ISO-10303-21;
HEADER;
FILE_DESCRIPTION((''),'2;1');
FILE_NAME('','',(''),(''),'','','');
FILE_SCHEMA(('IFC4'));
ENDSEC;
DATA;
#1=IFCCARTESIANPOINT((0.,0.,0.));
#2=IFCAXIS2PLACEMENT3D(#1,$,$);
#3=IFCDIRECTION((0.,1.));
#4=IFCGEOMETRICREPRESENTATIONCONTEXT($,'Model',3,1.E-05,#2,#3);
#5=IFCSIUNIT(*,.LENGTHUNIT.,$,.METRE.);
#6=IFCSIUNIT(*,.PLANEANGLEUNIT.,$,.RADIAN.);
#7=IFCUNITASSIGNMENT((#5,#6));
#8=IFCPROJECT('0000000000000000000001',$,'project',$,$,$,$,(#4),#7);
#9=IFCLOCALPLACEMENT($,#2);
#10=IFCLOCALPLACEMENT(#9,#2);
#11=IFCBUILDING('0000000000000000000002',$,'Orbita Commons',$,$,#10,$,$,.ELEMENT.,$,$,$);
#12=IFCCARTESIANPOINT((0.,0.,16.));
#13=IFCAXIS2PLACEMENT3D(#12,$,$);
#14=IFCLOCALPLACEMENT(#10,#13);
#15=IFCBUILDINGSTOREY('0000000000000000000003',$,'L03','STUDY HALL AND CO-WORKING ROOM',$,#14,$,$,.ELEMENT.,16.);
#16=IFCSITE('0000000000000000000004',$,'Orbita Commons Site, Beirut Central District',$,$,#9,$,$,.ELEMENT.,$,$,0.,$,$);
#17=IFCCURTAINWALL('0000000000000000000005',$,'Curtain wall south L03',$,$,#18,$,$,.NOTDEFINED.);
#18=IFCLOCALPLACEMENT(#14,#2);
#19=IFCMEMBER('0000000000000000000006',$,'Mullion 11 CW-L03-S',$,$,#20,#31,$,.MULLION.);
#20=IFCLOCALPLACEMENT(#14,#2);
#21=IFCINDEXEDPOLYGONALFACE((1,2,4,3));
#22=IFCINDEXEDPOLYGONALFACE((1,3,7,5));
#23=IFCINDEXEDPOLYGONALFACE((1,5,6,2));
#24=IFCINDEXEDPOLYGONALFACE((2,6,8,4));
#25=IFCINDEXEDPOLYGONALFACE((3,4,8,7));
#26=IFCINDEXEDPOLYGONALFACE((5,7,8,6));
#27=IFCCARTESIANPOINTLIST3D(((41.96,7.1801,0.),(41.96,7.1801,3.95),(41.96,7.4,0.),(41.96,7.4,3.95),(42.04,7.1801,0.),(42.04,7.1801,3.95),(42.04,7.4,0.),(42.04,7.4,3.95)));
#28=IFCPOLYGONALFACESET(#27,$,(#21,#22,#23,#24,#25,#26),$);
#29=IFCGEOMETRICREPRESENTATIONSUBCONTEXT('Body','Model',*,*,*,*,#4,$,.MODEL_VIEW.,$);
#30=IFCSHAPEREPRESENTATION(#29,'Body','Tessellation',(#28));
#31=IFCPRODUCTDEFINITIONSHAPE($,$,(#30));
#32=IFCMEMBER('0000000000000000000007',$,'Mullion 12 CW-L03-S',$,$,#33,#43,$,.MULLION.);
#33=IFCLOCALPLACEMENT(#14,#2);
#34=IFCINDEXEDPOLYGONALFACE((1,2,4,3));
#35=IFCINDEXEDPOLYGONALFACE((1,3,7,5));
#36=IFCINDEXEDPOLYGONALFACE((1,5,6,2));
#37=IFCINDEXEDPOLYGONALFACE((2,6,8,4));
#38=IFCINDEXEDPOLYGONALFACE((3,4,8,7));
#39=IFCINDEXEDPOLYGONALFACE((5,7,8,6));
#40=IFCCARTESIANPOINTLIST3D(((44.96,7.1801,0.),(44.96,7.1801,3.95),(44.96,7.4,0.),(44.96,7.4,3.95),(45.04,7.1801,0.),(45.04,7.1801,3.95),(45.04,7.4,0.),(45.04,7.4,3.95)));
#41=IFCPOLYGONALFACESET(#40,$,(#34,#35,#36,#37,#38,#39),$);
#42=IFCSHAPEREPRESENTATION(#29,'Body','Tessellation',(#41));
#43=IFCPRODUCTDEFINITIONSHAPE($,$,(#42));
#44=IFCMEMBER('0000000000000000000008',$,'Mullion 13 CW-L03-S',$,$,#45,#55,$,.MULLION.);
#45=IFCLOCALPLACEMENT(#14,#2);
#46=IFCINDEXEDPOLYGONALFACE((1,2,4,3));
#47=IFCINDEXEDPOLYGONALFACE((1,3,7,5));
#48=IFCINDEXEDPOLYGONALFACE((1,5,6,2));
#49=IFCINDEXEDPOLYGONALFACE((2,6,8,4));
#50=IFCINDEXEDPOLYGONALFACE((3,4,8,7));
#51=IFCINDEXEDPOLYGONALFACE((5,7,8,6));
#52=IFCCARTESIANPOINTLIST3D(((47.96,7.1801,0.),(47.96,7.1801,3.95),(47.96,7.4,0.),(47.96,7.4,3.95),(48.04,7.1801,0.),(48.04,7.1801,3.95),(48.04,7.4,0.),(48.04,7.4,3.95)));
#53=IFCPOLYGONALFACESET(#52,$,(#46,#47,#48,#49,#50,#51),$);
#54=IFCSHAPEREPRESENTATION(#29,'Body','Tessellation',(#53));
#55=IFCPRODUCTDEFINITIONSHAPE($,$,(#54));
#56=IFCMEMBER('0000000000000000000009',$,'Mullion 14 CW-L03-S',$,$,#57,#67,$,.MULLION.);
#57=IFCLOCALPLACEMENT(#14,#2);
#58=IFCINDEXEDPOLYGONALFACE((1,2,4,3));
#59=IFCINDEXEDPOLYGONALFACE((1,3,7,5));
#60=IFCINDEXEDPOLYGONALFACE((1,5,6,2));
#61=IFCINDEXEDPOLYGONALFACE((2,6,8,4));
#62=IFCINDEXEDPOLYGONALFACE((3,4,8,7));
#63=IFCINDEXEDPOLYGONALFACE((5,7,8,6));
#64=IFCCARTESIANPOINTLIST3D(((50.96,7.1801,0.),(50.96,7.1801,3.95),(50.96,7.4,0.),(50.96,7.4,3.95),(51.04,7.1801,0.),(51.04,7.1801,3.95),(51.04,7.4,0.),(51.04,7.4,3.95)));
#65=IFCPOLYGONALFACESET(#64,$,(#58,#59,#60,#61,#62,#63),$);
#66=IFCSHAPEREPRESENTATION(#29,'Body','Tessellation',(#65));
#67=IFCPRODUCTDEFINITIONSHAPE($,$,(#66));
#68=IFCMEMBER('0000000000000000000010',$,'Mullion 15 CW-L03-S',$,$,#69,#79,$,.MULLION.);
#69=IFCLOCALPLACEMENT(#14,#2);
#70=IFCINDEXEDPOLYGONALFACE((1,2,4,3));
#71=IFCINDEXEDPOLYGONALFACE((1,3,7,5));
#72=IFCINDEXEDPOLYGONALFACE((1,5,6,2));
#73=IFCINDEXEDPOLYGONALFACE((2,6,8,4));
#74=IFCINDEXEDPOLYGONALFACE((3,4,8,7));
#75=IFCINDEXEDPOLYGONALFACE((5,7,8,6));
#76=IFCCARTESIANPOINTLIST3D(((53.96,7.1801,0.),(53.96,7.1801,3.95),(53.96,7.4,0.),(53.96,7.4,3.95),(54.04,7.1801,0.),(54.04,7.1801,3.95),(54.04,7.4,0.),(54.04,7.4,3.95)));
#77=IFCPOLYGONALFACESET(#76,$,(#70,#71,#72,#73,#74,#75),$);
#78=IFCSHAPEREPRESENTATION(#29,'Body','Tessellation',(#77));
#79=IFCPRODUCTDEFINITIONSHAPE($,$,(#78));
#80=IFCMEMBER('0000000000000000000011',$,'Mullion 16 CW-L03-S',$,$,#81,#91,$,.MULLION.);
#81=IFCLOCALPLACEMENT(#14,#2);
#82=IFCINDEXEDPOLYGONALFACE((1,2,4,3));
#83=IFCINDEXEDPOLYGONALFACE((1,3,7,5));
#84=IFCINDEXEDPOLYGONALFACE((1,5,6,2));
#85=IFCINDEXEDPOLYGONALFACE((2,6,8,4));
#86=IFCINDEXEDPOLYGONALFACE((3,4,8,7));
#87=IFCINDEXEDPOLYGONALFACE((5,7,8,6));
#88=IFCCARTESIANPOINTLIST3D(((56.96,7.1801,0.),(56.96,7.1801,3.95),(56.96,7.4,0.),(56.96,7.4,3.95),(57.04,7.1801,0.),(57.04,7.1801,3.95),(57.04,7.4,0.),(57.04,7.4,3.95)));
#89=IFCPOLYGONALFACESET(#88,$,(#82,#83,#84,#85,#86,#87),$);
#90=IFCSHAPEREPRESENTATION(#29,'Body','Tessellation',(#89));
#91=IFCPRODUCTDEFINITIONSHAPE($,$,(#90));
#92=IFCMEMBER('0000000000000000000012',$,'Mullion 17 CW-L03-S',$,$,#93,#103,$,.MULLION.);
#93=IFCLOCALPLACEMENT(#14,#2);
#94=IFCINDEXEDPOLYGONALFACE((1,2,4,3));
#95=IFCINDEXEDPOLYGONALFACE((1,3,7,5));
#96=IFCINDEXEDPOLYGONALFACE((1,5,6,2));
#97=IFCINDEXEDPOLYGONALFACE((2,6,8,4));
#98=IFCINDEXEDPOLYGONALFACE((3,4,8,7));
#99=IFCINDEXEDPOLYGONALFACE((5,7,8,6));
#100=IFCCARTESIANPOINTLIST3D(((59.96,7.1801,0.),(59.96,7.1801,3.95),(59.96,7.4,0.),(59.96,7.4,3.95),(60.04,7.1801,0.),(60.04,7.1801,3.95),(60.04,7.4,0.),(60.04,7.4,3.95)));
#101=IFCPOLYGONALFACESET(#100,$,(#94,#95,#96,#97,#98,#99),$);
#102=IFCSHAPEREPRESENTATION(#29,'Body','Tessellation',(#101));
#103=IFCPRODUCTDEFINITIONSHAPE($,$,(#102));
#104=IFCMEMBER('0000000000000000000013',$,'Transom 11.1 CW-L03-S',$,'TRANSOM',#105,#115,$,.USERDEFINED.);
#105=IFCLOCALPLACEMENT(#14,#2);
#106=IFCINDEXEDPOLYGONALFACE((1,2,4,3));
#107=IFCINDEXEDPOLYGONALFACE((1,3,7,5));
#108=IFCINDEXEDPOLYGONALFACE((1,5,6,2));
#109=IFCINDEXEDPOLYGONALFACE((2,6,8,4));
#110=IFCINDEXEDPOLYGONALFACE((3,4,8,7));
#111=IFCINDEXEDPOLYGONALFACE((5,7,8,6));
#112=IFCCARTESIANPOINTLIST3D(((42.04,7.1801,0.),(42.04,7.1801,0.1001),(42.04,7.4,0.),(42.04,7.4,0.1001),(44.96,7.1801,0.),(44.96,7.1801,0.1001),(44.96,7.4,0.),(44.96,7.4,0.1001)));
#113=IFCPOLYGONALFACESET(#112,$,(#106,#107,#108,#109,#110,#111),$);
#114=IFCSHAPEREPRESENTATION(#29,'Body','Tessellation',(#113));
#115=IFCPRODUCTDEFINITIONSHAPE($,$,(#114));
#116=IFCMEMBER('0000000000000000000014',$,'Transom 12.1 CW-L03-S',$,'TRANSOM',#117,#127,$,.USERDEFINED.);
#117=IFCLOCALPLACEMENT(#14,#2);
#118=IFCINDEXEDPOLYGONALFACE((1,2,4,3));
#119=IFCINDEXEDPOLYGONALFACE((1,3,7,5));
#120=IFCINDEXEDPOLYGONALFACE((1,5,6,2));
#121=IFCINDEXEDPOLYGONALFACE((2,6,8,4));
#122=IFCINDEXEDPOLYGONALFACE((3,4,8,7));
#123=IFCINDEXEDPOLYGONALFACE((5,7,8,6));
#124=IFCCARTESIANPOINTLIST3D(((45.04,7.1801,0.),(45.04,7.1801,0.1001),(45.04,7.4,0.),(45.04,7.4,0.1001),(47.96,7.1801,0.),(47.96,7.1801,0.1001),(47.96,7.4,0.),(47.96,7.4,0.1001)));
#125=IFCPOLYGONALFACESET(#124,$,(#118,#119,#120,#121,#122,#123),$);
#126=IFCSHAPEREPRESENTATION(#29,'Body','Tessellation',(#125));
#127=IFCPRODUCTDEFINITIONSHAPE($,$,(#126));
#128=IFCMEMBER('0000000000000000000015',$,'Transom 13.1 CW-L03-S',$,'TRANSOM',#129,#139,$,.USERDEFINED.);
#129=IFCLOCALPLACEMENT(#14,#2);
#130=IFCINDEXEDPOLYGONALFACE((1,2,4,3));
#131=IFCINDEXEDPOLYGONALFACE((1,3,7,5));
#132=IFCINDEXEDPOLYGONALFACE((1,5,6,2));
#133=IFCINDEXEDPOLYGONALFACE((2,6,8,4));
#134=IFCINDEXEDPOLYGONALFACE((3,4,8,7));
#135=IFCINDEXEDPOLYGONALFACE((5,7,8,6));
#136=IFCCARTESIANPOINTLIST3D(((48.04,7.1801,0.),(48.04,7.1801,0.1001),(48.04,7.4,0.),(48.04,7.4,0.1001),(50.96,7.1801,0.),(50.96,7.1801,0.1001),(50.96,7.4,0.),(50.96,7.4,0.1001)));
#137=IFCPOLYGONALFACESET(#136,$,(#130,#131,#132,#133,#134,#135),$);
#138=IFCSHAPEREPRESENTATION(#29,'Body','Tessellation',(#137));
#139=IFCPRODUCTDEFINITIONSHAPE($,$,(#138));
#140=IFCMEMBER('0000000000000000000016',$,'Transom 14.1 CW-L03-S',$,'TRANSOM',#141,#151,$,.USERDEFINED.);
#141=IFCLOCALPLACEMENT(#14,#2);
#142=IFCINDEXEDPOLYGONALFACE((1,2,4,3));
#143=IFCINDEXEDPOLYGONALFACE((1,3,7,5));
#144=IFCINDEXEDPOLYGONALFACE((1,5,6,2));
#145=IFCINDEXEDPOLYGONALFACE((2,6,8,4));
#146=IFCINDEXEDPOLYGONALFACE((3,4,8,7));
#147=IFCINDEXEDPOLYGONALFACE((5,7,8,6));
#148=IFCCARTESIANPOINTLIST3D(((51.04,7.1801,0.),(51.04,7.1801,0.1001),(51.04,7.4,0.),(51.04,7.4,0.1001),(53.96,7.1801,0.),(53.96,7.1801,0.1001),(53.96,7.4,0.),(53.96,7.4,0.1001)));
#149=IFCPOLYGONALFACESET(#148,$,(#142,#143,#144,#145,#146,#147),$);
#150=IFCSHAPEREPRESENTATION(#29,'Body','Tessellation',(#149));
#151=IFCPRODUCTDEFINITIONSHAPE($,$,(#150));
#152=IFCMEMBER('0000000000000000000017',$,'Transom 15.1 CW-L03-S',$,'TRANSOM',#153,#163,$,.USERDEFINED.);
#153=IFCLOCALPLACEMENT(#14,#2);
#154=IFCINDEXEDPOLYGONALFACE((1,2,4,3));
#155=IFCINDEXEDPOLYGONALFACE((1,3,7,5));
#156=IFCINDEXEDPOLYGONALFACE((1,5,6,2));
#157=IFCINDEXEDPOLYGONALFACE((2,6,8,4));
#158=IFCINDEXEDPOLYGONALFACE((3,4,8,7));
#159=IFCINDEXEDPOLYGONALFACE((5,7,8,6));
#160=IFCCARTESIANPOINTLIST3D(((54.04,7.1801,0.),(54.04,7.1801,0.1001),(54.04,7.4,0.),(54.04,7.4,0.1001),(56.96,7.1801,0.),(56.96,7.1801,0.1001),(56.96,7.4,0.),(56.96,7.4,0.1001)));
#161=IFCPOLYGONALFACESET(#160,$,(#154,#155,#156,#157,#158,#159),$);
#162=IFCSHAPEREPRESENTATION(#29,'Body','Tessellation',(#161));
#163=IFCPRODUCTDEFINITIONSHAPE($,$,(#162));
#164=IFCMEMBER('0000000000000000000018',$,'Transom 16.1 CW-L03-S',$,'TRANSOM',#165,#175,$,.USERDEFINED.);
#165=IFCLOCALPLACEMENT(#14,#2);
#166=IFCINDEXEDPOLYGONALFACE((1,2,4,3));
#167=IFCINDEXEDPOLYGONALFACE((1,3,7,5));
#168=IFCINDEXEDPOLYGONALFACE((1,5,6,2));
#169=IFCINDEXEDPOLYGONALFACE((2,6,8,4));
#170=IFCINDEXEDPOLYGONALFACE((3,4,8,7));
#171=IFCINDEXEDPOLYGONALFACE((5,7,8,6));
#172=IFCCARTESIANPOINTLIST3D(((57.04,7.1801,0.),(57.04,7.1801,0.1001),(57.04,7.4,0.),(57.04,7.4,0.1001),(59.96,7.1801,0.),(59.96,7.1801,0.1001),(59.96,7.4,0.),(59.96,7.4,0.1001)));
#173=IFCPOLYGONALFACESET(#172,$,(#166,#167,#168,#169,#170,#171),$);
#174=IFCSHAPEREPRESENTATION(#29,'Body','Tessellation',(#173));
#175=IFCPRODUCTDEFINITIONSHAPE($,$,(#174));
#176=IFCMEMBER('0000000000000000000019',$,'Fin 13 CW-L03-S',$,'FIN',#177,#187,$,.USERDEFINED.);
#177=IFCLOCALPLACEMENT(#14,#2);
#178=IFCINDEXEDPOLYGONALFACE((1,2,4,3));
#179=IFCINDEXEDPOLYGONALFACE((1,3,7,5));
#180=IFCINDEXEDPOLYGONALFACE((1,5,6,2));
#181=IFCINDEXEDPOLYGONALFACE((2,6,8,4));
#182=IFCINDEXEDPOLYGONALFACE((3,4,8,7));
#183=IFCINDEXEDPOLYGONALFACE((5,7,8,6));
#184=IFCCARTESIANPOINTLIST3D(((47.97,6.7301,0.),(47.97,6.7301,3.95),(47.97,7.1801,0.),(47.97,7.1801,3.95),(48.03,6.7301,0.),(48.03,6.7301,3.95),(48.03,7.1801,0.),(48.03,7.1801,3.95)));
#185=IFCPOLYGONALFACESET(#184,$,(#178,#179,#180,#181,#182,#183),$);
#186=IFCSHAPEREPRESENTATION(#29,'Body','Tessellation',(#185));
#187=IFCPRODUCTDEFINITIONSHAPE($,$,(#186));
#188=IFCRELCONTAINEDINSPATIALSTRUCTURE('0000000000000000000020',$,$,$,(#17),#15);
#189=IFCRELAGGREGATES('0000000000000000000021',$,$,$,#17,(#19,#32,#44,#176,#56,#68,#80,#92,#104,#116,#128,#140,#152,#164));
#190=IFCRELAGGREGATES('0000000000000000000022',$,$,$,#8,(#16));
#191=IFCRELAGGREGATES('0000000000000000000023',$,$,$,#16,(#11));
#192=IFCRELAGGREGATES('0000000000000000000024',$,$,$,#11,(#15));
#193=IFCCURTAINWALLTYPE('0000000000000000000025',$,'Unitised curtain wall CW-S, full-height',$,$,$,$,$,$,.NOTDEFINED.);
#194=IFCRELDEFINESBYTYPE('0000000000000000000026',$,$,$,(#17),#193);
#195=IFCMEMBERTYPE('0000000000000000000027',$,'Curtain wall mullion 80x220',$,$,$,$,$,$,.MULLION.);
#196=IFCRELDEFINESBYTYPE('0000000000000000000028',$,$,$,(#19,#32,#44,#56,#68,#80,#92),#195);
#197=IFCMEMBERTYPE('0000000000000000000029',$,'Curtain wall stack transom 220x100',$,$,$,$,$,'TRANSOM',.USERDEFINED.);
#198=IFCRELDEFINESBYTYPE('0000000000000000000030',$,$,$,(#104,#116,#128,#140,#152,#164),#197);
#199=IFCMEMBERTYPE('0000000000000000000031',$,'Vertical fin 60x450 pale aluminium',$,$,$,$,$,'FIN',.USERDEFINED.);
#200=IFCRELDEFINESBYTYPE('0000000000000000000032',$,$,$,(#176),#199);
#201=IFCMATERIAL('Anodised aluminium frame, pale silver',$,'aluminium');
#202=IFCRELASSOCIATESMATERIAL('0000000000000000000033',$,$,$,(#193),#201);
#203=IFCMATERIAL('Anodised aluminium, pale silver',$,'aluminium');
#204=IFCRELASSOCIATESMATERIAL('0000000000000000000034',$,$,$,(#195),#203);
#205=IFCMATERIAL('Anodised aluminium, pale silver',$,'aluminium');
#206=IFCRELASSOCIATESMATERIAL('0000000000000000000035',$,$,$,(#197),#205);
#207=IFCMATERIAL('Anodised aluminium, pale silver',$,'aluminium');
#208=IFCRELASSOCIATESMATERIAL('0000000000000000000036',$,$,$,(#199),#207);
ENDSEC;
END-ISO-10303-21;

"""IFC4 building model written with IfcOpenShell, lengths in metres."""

from ifc_helpers import new_model, si_unit, direction, frame, origin, origin_2d, place, context, subcontext, project, spatial, rectangle, extrude, material, material_profile, profile_set, type_object, element, aggregate, save


model = new_model("IFC4")

# Units and contexts
model_context = context("Model", 3, precision=1e-05, world=origin(), true_north=direction((0.0, 1.0)))
body_context = subcontext(model_context, "Body", "Model", "MODEL_VIEW")
ifc_project = project(units=[si_unit("LENGTHUNIT", "METRE"), si_unit("PLANEANGLEUNIT", "RADIAN")], contexts=[model_context])

# Site, building, storey
site_placement = place(None, origin())
site = spatial("IfcSite", under=ifc_project, at=site_placement, Name="Orbita Commons Site, Beirut Central District", CompositionType="ELEMENT", RefElevation=0.0)
building_placement = place(site_placement, origin())
building = spatial("IfcBuilding", under=site, at=building_placement, Name="Orbita Commons", CompositionType="ELEMENT")
storey_placement = place(building_placement, frame((0.0, 0.0, 16.0)))
storey = spatial("IfcBuildingStorey", under=building, at=storey_placement, Name="L03", Description="STUDY HALL AND CO-WORKING ROOM", CompositionType="ELEMENT", Elevation=16.0)

# Curtain wall, members
ifc_material_1 = material(Name="Anodised aluminium frame, pale silver", Category="aluminium")
curtain_wall_type = type_object("IfcCurtainWallType", Name="Unitised curtain wall CW-S, full-height", PredefinedType="NOTDEFINED", material=ifc_material_1)
curtain_wall_placement = place(storey_placement, origin())
curtain_wall = element("IfcCurtainWall", 1, at=curtain_wall_placement, inside=storey, type_object=curtain_wall_type, Name="Curtain wall south L03", PredefinedType="NOTDEFINED")
ifc_material_2 = material(Name="Anodised aluminium, pale silver", Category="aluminium")
ifc_material_profile_1 = material_profile(ifc_material_2, rectangle(XDim=0.0801, YDim=0.22, at=origin_2d()), Name="AL 80x220")
ifc_profile_set_1 = profile_set([ifc_material_profile_1], Name="Anodised aluminium, pale silver")
member_type_1 = type_object("IfcMemberType", Name="Curtain wall mullion 80x220", PredefinedType="MULLION", material=ifc_profile_set_1)
member_1_placement = place(storey_placement, frame((42.0, 7.29, 0.0), z_axis=(0.0, 0.0, 1.0), x_axis=(1.0, 0.0, 0.0)))
member_1 = element("IfcMember", 2, at=member_1_placement, type_object=member_type_1, Name="Mullion 11 CW-L03-S", PredefinedType="MULLION", context=body_context, shape_type="SweptSolid", body=[
    extrude(rectangle(XDim=0.0801, YDim=0.22, at=origin_2d()), origin(), (0.0, 0.0, 1.0), 3.95),
])
member_2_placement = place(storey_placement, frame((45.0, 7.29, 0.0), z_axis=(0.0, 0.0, 1.0), x_axis=(1.0, 0.0, 0.0)))
member_2 = element("IfcMember", 3, at=member_2_placement, type_object=member_type_1, Name="Mullion 12 CW-L03-S", PredefinedType="MULLION", context=body_context, shape_type="SweptSolid", body=[
    extrude(rectangle(XDim=0.0801, YDim=0.22, at=origin_2d()), origin(), (0.0, 0.0, 1.0), 3.95),
])
member_3_placement = place(storey_placement, frame((48.0, 7.29, 0.0), z_axis=(0.0, 0.0, 1.0), x_axis=(1.0, 0.0, 0.0)))
member_3 = element("IfcMember", 4, at=member_3_placement, type_object=member_type_1, Name="Mullion 13 CW-L03-S", PredefinedType="MULLION", context=body_context, shape_type="SweptSolid", body=[
    extrude(rectangle(XDim=0.0801, YDim=0.22, at=origin_2d()), origin(), (0.0, 0.0, 1.0), 3.95),
])
member_4_placement = place(storey_placement, frame((51.0, 7.29, 0.0), z_axis=(0.0, 0.0, 1.0), x_axis=(1.0, 0.0, 0.0)))
member_4 = element("IfcMember", 5, at=member_4_placement, type_object=member_type_1, Name="Mullion 14 CW-L03-S", PredefinedType="MULLION", context=body_context, shape_type="SweptSolid", body=[
    extrude(rectangle(XDim=0.0801, YDim=0.22, at=origin_2d()), origin(), (0.0, 0.0, 1.0), 3.95),
])
member_5_placement = place(storey_placement, frame((54.0, 7.29, 0.0), z_axis=(0.0, 0.0, 1.0), x_axis=(1.0, 0.0, 0.0)))
member_5 = element("IfcMember", 6, at=member_5_placement, type_object=member_type_1, Name="Mullion 15 CW-L03-S", PredefinedType="MULLION", context=body_context, shape_type="SweptSolid", body=[
    extrude(rectangle(XDim=0.0801, YDim=0.22, at=origin_2d()), origin(), (0.0, 0.0, 1.0), 3.95),
])
member_6_placement = place(storey_placement, frame((57.0, 7.29, 0.0), z_axis=(0.0, 0.0, 1.0), x_axis=(1.0, 0.0, 0.0)))
member_6 = element("IfcMember", 7, at=member_6_placement, type_object=member_type_1, Name="Mullion 16 CW-L03-S", PredefinedType="MULLION", context=body_context, shape_type="SweptSolid", body=[
    extrude(rectangle(XDim=0.0801, YDim=0.22, at=origin_2d()), origin(), (0.0, 0.0, 1.0), 3.95),
])
member_7_placement = place(storey_placement, frame((60.0, 7.29, 0.0), z_axis=(0.0, 0.0, 1.0), x_axis=(1.0, 0.0, 0.0)))
member_7 = element("IfcMember", 8, at=member_7_placement, type_object=member_type_1, Name="Mullion 17 CW-L03-S", PredefinedType="MULLION", context=body_context, shape_type="SweptSolid", body=[
    extrude(rectangle(XDim=0.0801, YDim=0.22, at=origin_2d()), origin(), (0.0, 0.0, 1.0), 3.95),
])
ifc_material_3 = material(Name="Anodised aluminium, pale silver", Category="aluminium")
ifc_material_profile_2 = material_profile(ifc_material_3, rectangle(XDim=0.22, YDim=0.1001, at=origin_2d()), Name="AL 220x100")
ifc_profile_set_2 = profile_set([ifc_material_profile_2], Name="Anodised aluminium, pale silver")
member_type_2 = type_object("IfcMemberType", Name="Curtain wall stack transom 220x100", ElementType="TRANSOM", PredefinedType="USERDEFINED", material=ifc_profile_set_2)
member_8_placement = place(storey_placement, frame((42.04, 7.29, 0.05), z_axis=(1.0, 0.0, 0.0), x_axis=(0.0, 1.0, 0.0)))
member_8 = element("IfcMember", 9, at=member_8_placement, type_object=member_type_2, Name="Transom 11.1 CW-L03-S", ObjectType="TRANSOM", PredefinedType="USERDEFINED", context=body_context, shape_type="SweptSolid", body=[
    extrude(rectangle(XDim=0.22, YDim=0.1001, at=origin_2d()), origin(), (0.0, 0.0, 1.0), 2.9199),
])
member_9_placement = place(storey_placement, frame((45.04, 7.29, 0.05), z_axis=(1.0, 0.0, 0.0), x_axis=(0.0, 1.0, 0.0)))
member_9 = element("IfcMember", 10, at=member_9_placement, type_object=member_type_2, Name="Transom 12.1 CW-L03-S", ObjectType="TRANSOM", PredefinedType="USERDEFINED", context=body_context, shape_type="SweptSolid", body=[
    extrude(rectangle(XDim=0.22, YDim=0.1001, at=origin_2d()), origin(), (0.0, 0.0, 1.0), 2.9199),
])
member_10_placement = place(storey_placement, frame((48.04, 7.29, 0.05), z_axis=(1.0, 0.0, 0.0), x_axis=(0.0, 1.0, 0.0)))
member_10 = element("IfcMember", 11, at=member_10_placement, type_object=member_type_2, Name="Transom 13.1 CW-L03-S", ObjectType="TRANSOM", PredefinedType="USERDEFINED", context=body_context, shape_type="SweptSolid", body=[
    extrude(rectangle(XDim=0.22, YDim=0.1001, at=origin_2d()), origin(), (0.0, 0.0, 1.0), 2.9199),
])
member_11_placement = place(storey_placement, frame((51.04, 7.29, 0.05), z_axis=(1.0, 0.0, 0.0), x_axis=(0.0, 1.0, 0.0)))
member_11 = element("IfcMember", 12, at=member_11_placement, type_object=member_type_2, Name="Transom 14.1 CW-L03-S", ObjectType="TRANSOM", PredefinedType="USERDEFINED", context=body_context, shape_type="SweptSolid", body=[
    extrude(rectangle(XDim=0.22, YDim=0.1001, at=origin_2d()), origin(), (0.0, 0.0, 1.0), 2.9199),
])
member_12_placement = place(storey_placement, frame((54.04, 7.29, 0.05), z_axis=(1.0, 0.0, 0.0), x_axis=(0.0, 1.0, 0.0)))
member_12 = element("IfcMember", 13, at=member_12_placement, type_object=member_type_2, Name="Transom 15.1 CW-L03-S", ObjectType="TRANSOM", PredefinedType="USERDEFINED", context=body_context, shape_type="SweptSolid", body=[
    extrude(rectangle(XDim=0.22, YDim=0.1001, at=origin_2d()), origin(), (0.0, 0.0, 1.0), 2.9199),
])
member_13_placement = place(storey_placement, frame((57.04, 7.29, 0.05), z_axis=(1.0, 0.0, 0.0), x_axis=(0.0, 1.0, 0.0)))
member_13 = element("IfcMember", 14, at=member_13_placement, type_object=member_type_2, Name="Transom 16.1 CW-L03-S", ObjectType="TRANSOM", PredefinedType="USERDEFINED", context=body_context, shape_type="SweptSolid", body=[
    extrude(rectangle(XDim=0.22, YDim=0.1001, at=origin_2d()), origin(), (0.0, 0.0, 1.0), 2.9199),
])
ifc_material_4 = material(Name="Anodised aluminium, pale silver", Category="aluminium")
ifc_material_profile_3 = material_profile(ifc_material_4, rectangle(XDim=0.0601, YDim=0.45, at=origin_2d()), Name="FIN 60x450")
ifc_profile_set_3 = profile_set([ifc_material_profile_3], Name="Anodised aluminium, pale silver")
member_type_3 = type_object("IfcMemberType", Name="Vertical fin 60x450 pale aluminium", ElementType="FIN", PredefinedType="USERDEFINED", material=ifc_profile_set_3)
member_14_placement = place(storey_placement, frame((48.0, 6.9551, 0.0), z_axis=(0.0, 0.0, 1.0), x_axis=(1.0, 0.0, 0.0)))
member_14 = element("IfcMember", 15, at=member_14_placement, type_object=member_type_3, Name="Fin 13 CW-L03-S", ObjectType="FIN", PredefinedType="USERDEFINED", context=body_context, shape_type="SweptSolid", body=[
    extrude(rectangle(XDim=0.0601, YDim=0.45, at=origin_2d()), origin(), (0.0, 0.0, 1.0), 3.95),
])
aggregate(curtain_wall, [member_1, member_2, member_3, member_14, member_4, member_5, member_6, member_7, member_8, member_9, member_10, member_11, member_12, member_13])

save(model, "model.ifc")
